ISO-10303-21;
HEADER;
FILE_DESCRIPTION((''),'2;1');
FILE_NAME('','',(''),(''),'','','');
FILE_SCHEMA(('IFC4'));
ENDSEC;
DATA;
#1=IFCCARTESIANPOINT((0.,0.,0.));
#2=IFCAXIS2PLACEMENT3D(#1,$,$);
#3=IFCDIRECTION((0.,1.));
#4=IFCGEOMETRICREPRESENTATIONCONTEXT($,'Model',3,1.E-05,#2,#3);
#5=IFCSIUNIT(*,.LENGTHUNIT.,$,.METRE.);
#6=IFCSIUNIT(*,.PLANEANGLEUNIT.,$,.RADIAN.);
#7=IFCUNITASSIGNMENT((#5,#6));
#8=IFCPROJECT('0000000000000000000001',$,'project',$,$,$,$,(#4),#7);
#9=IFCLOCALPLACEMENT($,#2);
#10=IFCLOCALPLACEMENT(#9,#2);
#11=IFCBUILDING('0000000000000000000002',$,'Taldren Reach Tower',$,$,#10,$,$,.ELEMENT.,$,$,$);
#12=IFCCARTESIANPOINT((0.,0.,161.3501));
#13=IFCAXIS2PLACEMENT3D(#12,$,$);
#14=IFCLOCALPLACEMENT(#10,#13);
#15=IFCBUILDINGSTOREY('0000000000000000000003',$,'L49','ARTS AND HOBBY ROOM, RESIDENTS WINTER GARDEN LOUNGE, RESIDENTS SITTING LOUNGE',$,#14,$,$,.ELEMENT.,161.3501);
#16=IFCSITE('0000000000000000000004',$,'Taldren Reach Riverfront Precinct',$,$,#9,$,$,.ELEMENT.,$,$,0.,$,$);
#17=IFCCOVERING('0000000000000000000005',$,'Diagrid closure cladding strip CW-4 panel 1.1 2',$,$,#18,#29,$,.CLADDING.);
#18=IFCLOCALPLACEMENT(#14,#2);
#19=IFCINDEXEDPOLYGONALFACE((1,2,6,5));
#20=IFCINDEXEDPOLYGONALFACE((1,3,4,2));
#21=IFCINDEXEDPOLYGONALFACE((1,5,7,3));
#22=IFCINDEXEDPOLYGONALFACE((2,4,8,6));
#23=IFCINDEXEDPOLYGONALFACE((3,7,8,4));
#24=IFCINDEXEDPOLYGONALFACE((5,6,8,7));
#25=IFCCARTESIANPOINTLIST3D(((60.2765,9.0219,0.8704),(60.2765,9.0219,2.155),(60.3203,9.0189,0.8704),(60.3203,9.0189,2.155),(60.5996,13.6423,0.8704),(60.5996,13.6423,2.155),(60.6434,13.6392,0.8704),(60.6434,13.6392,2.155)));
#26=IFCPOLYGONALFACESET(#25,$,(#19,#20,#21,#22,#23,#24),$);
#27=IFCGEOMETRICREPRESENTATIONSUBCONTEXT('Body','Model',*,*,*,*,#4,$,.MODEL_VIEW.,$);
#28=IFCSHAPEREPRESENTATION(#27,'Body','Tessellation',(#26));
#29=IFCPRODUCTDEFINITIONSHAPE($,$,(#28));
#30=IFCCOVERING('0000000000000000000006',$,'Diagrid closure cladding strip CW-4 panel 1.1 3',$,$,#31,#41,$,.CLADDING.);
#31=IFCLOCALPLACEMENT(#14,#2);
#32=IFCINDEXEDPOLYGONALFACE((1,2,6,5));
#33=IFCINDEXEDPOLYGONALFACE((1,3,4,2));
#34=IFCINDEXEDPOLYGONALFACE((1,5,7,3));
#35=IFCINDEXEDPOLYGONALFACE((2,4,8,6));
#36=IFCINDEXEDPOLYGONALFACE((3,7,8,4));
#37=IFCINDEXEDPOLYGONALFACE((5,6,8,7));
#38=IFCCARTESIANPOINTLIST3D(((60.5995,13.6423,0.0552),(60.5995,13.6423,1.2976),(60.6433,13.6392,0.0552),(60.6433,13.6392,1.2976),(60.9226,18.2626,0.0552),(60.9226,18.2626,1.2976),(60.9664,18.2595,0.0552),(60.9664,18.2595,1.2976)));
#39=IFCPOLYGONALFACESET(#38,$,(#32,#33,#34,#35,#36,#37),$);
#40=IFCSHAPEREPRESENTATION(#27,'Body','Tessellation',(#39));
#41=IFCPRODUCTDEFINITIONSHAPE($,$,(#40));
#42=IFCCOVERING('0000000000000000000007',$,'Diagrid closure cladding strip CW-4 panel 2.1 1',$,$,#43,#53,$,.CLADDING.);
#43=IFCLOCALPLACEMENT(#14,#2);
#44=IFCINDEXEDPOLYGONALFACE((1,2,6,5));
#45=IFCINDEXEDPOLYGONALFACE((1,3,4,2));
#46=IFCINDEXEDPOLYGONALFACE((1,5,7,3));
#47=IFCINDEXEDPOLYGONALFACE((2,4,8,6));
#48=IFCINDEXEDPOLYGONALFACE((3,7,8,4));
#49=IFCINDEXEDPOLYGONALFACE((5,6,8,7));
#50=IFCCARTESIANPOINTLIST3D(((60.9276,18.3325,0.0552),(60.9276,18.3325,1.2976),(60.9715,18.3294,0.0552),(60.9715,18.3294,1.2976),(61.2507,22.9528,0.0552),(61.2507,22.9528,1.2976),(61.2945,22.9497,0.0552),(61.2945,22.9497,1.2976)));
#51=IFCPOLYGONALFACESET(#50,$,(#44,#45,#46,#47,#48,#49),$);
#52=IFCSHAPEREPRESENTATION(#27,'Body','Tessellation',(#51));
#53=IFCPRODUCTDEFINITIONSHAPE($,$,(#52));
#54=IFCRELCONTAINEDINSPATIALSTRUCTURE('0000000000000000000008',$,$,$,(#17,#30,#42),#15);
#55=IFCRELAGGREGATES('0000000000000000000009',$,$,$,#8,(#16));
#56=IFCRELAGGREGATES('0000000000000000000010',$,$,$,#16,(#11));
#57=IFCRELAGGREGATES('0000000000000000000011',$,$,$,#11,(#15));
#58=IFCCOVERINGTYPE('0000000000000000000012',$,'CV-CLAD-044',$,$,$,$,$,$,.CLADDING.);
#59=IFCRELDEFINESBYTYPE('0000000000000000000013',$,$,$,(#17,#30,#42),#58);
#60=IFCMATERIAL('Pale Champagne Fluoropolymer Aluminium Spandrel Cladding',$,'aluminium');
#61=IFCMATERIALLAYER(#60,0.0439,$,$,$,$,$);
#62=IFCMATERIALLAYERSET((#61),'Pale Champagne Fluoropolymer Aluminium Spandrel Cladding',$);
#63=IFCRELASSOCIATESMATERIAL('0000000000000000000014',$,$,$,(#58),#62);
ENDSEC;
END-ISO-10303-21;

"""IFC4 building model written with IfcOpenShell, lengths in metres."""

from ifc_helpers import new_model, si_unit, direction, frame, origin, origin_2d, place, context, subcontext, project, spatial, rectangle, extrude, source, transform, mapped, material, layer, layer_set, type_object, element, save


model = new_model("IFC4")

# Units and contexts
model_context = context("Model", 3, precision=1e-05, world=origin(), true_north=direction((0.0, 1.0)))
body_context = subcontext(model_context, "Body", "Model", "MODEL_VIEW")
ifc_project = project(units=[si_unit("LENGTHUNIT", "METRE"), si_unit("PLANEANGLEUNIT", "RADIAN")], contexts=[model_context])

# Site, building, storey
site_placement = place(None, origin())
site = spatial("IfcSite", under=ifc_project, at=site_placement, Name="Taldren Reach Riverfront Precinct", CompositionType="ELEMENT", RefElevation=0.0)
building_placement = place(site_placement, origin())
building = spatial("IfcBuilding", under=site, at=building_placement, Name="Taldren Reach Tower", CompositionType="ELEMENT")
storey_placement = place(building_placement, frame((0.0, 0.0, 161.3501)))
storey = spatial("IfcBuildingStorey", under=building, at=storey_placement, Name="L49", Description="ARTS AND HOBBY ROOM, RESIDENTS WINTER GARDEN LOUNGE, RESIDENTS SITTING LOUNGE", CompositionType="ELEMENT", Elevation=161.3501)

# Coverings
ifc_material_1 = material(Name="Pale Champagne Fluoropolymer Aluminium Spandrel Cladding", Category="aluminium")
ifc_layer_1 = layer(ifc_material_1, 0.0439)
ifc_layer_set_1 = layer_set([ifc_layer_1], Name="Pale Champagne Fluoropolymer Aluminium Spandrel Cladding")
covering_type = type_object("IfcCoveringType", Name="CV-CLAD-044", PredefinedType="CLADDING", material=ifc_layer_set_1)
shared_shape_1 = source(origin(), body_context, "Body", "SweptSolid", [
    extrude(rectangle(XDim=4.6316, YDim=0.0439, at=origin_2d()), origin(), (0.0, 0.0, 1.0), 1.2847),
])
covering_placement = place(storey_placement, frame((60.46, 11.3306, 0.8704), z_axis=(0.0, 0.0, 1.0), x_axis=(0.069756, 0.997564, 0.0)))
element("IfcCovering", 1, at=covering_placement, inside=storey, type_object=covering_type, Name="Diagrid closure cladding strip CW-4 panel 1.1 2", PredefinedType="CLADDING", context=body_context, shape_type="MappedRepresentation", body=[
    mapped(shared_shape_1, transform((0.0, 0.0, 0.0), scale=1.0)),
])
shared_shape_2 = source(origin(), body_context, "Body", "SweptSolid", [
    extrude(rectangle(XDim=4.6316, YDim=0.0439, at=origin_2d()), origin(), (0.0, 0.0, 1.0), 1.2424),
])
for number, where, z_axis, x_axis, name in (
    (2, (60.783, 15.9509, 0.0552), (0.0, 0.0, 1.0), (0.069756, 0.997564, 0.0), "Diagrid closure cladding strip CW-4 panel 1.1 3"),
    (3, (61.1111, 20.6411, 0.0552), (0.0, 0.0, 1.0), (0.069756, 0.997564, 0.0), "Diagrid closure cladding strip CW-4 panel 2.1 1"),
):
    element("IfcCovering", number, at=place(storey_placement, frame(where, z_axis=z_axis, x_axis=x_axis)), inside=storey, type_object=covering_type, Name=name, PredefinedType="CLADDING", context=body_context, shape_type="MappedRepresentation", body=[
        mapped(shared_shape_2, transform((0.0, 0.0, 0.0), scale=1.0)),
    ])

save(model, "model.ifc")
